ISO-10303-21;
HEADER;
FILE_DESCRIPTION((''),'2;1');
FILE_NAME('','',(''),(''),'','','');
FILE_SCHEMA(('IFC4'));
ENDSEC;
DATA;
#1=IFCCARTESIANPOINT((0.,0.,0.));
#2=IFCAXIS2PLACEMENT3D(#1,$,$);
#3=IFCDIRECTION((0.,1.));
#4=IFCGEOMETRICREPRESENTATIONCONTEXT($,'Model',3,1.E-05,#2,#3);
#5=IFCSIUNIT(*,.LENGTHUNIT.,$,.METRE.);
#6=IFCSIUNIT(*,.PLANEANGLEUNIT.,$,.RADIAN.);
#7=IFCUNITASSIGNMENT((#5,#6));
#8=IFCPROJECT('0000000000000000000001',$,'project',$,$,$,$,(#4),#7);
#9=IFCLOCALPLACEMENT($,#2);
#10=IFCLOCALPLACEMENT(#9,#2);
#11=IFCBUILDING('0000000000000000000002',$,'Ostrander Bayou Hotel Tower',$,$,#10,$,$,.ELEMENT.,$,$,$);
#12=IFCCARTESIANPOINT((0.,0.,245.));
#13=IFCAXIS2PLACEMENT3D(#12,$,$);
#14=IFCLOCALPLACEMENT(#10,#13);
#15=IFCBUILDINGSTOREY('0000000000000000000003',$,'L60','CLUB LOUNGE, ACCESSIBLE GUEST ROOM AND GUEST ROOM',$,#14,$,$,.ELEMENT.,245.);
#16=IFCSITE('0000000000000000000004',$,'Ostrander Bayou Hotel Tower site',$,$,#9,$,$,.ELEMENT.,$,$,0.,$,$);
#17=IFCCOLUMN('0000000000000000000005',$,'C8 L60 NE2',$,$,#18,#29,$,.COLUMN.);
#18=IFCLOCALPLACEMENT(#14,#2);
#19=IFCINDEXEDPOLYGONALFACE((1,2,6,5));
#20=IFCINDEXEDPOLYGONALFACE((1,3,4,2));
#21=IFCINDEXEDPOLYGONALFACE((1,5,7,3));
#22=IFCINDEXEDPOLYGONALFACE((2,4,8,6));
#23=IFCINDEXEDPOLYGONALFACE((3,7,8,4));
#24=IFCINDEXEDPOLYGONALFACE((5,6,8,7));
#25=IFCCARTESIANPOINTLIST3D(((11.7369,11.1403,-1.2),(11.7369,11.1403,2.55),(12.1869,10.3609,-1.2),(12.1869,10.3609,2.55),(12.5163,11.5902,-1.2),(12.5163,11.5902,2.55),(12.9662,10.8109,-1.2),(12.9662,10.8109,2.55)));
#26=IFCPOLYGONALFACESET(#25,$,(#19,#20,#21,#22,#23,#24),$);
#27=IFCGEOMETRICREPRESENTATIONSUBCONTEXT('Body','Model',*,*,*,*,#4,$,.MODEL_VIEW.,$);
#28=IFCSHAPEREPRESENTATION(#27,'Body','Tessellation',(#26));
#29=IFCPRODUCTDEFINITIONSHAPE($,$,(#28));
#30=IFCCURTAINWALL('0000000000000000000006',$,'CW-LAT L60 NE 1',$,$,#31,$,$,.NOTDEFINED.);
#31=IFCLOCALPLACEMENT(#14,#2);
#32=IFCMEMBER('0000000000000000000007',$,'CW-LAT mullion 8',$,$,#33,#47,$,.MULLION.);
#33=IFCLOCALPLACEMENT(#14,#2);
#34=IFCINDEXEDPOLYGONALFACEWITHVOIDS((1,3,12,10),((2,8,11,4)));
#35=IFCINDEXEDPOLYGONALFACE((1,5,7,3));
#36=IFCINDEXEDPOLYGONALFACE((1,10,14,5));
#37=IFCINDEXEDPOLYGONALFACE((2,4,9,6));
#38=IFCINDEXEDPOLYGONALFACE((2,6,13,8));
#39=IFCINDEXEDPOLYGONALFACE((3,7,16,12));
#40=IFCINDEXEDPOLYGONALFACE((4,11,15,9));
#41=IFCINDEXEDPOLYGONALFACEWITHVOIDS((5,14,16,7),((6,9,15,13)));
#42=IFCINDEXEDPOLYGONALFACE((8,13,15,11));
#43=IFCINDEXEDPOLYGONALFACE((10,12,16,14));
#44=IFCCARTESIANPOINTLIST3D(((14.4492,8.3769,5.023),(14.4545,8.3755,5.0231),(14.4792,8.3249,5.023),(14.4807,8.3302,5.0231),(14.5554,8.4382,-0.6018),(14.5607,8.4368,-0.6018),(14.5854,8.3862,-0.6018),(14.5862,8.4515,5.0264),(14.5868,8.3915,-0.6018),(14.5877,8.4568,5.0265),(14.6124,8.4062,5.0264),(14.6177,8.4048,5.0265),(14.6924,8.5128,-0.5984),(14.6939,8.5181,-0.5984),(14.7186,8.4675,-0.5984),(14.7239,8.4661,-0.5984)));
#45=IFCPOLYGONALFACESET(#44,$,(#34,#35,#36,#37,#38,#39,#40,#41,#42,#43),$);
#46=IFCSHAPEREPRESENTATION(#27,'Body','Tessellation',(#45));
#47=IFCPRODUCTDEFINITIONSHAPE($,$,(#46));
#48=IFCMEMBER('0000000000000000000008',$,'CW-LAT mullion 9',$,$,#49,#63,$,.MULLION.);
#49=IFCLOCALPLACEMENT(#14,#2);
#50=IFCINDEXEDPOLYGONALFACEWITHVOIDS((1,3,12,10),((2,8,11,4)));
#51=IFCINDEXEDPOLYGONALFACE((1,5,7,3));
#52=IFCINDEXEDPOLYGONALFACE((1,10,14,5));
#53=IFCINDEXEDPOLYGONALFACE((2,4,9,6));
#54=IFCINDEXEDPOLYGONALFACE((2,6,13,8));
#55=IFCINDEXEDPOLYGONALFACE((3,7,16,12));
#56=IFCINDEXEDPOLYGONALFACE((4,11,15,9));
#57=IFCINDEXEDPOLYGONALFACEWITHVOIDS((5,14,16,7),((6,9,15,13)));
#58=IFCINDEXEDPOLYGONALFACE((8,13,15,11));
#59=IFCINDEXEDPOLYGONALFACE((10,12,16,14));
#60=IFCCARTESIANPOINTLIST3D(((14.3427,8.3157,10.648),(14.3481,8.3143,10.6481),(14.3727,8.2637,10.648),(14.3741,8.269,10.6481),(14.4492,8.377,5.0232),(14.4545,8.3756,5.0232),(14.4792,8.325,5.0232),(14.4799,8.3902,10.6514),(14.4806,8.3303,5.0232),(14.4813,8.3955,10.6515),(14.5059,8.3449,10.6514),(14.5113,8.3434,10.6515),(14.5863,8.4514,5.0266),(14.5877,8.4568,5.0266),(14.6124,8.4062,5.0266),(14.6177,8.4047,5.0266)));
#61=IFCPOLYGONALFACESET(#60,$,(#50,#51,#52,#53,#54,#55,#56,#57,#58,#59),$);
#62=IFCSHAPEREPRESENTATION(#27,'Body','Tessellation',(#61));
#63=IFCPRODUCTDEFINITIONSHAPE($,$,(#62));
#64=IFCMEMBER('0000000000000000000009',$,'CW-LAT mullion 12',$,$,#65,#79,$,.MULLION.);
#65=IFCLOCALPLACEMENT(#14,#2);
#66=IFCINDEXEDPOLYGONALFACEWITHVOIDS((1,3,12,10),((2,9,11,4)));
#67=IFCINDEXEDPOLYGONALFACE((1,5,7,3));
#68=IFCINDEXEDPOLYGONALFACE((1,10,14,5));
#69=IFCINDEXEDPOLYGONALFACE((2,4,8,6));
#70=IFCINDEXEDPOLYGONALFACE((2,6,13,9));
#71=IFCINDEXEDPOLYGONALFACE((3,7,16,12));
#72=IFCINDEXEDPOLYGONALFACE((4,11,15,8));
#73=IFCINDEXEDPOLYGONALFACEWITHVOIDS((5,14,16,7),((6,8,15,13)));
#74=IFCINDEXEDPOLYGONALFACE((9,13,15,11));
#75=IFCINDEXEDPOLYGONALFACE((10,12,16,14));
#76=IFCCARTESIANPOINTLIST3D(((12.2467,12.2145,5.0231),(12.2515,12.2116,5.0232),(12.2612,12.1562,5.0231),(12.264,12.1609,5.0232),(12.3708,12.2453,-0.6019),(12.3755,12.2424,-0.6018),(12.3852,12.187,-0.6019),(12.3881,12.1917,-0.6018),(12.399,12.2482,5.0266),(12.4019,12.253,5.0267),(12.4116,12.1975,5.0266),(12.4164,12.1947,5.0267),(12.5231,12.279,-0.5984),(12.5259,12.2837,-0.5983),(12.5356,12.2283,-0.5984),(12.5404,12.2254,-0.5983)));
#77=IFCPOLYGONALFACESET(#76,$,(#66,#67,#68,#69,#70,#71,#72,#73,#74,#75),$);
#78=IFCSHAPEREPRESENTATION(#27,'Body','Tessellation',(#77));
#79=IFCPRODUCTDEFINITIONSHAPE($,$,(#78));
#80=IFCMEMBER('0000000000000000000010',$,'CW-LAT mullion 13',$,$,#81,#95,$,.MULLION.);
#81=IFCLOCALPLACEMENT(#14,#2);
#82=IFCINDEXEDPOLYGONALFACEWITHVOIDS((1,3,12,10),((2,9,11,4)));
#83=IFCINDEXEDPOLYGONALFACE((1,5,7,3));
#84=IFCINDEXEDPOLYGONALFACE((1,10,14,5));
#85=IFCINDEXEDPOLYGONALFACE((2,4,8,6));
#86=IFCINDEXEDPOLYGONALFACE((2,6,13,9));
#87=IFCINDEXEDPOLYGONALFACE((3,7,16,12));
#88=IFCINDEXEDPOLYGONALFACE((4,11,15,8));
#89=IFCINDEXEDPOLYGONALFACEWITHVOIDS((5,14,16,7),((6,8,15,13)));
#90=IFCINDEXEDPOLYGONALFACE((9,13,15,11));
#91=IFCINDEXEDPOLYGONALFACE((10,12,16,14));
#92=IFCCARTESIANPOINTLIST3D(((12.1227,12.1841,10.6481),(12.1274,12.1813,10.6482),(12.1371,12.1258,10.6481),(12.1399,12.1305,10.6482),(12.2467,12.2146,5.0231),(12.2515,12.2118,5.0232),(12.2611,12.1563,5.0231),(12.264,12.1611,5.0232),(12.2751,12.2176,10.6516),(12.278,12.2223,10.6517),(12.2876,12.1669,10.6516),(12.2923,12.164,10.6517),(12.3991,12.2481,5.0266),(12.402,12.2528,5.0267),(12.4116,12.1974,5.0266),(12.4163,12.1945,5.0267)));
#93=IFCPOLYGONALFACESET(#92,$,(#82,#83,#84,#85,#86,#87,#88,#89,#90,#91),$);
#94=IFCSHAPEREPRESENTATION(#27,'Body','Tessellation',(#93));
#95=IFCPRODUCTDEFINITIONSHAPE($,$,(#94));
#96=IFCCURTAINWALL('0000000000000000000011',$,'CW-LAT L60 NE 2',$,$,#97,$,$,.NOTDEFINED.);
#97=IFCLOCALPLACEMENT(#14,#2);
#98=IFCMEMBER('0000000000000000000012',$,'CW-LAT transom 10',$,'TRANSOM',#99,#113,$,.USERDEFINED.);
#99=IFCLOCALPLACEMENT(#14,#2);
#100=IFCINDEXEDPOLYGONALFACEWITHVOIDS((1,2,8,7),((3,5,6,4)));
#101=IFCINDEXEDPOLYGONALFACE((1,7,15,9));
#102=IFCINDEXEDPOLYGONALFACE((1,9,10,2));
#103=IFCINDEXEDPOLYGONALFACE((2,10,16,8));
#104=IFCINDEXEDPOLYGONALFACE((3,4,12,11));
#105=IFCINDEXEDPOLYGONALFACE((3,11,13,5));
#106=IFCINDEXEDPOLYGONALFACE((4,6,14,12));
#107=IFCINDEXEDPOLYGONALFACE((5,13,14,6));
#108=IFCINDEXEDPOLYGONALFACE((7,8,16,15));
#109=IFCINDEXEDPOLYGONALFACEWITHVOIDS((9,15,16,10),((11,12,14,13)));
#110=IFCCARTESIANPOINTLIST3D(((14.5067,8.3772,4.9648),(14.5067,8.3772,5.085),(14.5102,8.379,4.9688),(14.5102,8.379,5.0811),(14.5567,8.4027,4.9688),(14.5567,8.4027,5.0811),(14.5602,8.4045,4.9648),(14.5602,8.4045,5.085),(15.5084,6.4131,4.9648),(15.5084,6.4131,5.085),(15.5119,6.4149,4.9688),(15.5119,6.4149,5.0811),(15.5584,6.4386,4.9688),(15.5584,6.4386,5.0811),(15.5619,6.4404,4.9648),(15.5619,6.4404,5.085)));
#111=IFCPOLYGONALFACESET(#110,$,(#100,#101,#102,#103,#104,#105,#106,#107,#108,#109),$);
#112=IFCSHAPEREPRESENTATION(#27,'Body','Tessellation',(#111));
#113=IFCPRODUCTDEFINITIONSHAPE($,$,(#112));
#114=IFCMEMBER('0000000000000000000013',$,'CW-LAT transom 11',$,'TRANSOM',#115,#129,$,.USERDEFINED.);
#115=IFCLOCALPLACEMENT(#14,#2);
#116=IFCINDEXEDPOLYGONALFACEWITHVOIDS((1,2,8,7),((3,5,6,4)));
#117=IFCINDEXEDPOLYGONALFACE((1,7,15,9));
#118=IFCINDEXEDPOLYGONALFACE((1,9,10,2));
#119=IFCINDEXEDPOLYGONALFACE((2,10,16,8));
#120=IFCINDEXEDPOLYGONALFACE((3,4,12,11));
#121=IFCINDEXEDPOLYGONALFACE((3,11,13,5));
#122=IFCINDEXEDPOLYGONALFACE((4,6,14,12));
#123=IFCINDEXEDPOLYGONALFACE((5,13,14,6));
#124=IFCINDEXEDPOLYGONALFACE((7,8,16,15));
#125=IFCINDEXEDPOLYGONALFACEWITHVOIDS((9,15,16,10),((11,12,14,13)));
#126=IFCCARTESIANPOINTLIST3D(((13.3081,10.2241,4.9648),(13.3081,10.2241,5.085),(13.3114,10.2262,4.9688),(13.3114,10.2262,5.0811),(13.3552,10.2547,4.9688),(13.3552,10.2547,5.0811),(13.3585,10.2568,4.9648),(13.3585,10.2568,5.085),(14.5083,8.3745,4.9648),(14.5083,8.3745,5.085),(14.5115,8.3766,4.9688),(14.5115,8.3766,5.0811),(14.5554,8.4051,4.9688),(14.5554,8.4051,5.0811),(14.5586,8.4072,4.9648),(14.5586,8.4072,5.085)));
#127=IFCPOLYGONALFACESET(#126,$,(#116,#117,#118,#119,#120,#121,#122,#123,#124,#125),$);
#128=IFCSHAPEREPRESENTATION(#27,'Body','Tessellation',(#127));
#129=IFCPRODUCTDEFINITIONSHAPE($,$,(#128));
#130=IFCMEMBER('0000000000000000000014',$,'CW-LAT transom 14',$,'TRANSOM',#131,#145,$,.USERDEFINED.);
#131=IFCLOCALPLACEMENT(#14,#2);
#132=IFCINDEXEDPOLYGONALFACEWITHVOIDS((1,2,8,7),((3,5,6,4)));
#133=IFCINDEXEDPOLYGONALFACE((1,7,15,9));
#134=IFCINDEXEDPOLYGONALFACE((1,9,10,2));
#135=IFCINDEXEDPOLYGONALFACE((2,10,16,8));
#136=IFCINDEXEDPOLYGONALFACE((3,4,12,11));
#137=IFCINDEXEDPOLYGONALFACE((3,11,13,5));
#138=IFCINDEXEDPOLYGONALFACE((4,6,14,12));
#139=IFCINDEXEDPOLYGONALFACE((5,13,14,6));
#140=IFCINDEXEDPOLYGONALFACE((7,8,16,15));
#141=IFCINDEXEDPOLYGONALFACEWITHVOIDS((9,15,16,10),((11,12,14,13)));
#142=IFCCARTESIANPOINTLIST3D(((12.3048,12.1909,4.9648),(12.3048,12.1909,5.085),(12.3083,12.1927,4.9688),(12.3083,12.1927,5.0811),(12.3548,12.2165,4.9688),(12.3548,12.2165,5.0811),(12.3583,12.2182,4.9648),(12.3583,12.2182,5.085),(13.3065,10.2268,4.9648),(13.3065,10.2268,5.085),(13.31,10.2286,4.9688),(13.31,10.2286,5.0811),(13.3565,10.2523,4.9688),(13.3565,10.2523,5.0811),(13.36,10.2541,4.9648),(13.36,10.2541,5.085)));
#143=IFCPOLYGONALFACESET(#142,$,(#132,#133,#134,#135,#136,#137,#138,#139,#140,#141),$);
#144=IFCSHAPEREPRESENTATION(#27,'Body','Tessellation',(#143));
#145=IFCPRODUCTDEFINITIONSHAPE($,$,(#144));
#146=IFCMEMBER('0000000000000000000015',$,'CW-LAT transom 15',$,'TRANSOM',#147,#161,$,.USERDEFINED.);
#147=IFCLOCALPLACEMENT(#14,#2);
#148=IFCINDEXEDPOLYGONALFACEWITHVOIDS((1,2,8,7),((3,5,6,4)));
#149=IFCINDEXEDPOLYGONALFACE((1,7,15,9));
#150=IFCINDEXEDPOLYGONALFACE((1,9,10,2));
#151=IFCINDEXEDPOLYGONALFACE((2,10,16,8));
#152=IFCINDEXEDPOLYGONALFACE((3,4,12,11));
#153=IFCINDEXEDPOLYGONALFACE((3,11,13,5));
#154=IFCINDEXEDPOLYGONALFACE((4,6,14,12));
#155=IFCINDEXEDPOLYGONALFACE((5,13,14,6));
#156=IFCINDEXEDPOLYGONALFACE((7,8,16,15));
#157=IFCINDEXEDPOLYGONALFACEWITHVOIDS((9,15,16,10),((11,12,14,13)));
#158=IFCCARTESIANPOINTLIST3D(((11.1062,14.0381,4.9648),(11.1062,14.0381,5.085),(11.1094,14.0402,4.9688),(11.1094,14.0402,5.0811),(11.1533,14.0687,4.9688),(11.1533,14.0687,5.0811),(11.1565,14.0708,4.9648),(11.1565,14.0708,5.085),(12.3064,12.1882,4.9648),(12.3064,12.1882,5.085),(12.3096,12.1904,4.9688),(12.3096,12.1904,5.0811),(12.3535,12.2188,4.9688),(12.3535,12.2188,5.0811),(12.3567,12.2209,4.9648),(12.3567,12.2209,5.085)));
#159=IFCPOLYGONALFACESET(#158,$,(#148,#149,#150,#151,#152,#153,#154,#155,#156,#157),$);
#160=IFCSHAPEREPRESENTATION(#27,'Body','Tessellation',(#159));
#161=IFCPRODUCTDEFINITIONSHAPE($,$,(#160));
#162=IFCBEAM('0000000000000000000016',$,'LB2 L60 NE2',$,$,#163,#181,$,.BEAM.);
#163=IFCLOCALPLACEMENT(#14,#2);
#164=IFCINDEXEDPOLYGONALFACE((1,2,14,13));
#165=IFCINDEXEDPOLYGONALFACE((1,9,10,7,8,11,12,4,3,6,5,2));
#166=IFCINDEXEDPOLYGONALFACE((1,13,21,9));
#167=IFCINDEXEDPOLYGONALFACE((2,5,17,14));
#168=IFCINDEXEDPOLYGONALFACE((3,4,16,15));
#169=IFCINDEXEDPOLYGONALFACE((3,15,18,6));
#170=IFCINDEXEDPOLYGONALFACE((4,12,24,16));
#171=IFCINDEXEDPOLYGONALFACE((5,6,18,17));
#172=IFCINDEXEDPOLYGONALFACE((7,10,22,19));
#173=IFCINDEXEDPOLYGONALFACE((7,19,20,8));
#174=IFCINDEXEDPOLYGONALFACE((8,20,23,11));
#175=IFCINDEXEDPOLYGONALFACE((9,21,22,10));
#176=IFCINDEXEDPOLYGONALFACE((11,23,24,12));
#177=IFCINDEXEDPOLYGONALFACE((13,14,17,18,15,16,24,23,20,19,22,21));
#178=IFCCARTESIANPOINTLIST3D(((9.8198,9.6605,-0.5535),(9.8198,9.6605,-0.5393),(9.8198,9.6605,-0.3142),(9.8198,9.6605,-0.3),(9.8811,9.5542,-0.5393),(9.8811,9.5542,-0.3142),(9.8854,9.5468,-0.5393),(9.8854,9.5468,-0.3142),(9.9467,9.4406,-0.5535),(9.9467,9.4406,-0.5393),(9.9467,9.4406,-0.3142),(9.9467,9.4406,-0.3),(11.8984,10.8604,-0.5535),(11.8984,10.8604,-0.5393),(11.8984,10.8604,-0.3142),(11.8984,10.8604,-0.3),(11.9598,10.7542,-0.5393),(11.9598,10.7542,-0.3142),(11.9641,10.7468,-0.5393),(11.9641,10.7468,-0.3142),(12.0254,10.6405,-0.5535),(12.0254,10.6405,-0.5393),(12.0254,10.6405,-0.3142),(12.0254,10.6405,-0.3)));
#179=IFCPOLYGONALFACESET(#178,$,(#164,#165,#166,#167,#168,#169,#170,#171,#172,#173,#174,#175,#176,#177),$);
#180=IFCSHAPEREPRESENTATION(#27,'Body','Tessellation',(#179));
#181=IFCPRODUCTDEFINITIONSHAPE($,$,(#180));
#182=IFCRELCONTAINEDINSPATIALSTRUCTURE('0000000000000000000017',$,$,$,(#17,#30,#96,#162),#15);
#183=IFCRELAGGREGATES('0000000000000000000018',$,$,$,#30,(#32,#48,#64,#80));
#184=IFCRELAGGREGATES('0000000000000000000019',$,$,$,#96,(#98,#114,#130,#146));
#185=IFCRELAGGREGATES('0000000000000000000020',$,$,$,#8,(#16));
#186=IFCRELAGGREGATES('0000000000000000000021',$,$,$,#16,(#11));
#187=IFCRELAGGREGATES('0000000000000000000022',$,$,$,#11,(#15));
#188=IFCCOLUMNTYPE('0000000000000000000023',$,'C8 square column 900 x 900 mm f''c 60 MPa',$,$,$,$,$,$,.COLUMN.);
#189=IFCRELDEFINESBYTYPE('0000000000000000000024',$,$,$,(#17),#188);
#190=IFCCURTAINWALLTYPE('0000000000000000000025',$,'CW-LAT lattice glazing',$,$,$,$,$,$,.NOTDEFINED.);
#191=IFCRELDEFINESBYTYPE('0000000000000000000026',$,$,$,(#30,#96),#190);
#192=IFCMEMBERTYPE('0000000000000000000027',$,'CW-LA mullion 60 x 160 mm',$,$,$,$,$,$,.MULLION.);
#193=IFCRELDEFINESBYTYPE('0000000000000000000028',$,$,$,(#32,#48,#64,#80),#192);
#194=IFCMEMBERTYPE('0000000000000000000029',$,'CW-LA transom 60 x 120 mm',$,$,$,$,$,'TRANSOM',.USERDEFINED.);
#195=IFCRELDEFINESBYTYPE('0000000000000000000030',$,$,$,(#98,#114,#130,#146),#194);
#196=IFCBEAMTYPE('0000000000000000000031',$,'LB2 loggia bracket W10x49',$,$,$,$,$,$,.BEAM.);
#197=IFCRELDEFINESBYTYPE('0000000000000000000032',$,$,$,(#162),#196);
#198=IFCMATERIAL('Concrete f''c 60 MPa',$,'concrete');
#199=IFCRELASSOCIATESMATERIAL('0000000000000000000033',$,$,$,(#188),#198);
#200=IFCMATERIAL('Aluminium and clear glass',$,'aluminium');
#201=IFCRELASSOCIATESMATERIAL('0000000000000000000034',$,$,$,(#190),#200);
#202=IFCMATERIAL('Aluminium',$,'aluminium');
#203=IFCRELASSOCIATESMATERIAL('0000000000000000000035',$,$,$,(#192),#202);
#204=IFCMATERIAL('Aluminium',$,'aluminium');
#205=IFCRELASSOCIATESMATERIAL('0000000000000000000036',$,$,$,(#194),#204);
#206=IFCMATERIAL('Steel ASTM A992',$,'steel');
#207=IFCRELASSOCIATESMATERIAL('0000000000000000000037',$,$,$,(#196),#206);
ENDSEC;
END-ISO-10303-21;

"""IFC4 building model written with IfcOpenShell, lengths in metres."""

from ifc_helpers import new_model, si_unit, direction, frame, origin, origin_2d, place, context, subcontext, project, spatial, rectangle, hollow_rectangle, i_section, extrude, material, material_profile, profile_set, type_object, element, aggregate, save


model = new_model("IFC4")

# Units and contexts
model_context = context("Model", 3, precision=1e-05, world=origin(), true_north=direction((0.0, 1.0)))
body_context = subcontext(model_context, "Body", "Model", "MODEL_VIEW")
ifc_project = project(units=[si_unit("LENGTHUNIT", "METRE"), si_unit("PLANEANGLEUNIT", "RADIAN")], contexts=[model_context])

# Site, building, storey
site_placement = place(None, origin())
site = spatial("IfcSite", under=ifc_project, at=site_placement, Name="Ostrander Bayou Hotel Tower site", CompositionType="ELEMENT", RefElevation=0.0)
building_placement = place(site_placement, origin())
building = spatial("IfcBuilding", under=site, at=building_placement, Name="Ostrander Bayou Hotel Tower", CompositionType="ELEMENT")
storey_placement = place(building_placement, frame((0.0, 0.0, 245.0)))
storey = spatial("IfcBuildingStorey", under=building, at=storey_placement, Name="L60", Description="CLUB LOUNGE, ACCESSIBLE GUEST ROOM AND GUEST ROOM", CompositionType="ELEMENT", Elevation=245.0)

# Column
ifc_material_1 = material(Name="Concrete f'c 60 MPa", Category="concrete")
ifc_material_profile_1 = material_profile(ifc_material_1, rectangle(XDim=0.8999, YDim=0.8999, at=origin_2d()))
ifc_profile_set_1 = profile_set([ifc_material_profile_1], Name="Concrete f'c 60 MPa")
column_type = type_object("IfcColumnType", Name="C8 square column 900 x 900 mm f'c 60 MPa", PredefinedType="COLUMN", material=ifc_profile_set_1)
column_placement = place(storey_placement, frame((12.3516, 10.9756, -1.2), z_axis=(0.0, 0.0, 1.0), x_axis=(0.5, -0.866025, 0.0)))
element("IfcColumn", 1, at=column_placement, inside=storey, type_object=column_type, Name="C8 L60 NE2", PredefinedType="COLUMN", context=body_context, shape_type="SweptSolid", body=[
    extrude(rectangle(XDim=0.8999, YDim=0.8999, at=origin_2d()), origin(), (0.0, 0.0, 1.0), 3.75),
])

# Curtain walls, members
ifc_material_2 = material(Name="Aluminium and clear glass", Category="aluminium")
curtain_wall_type = type_object("IfcCurtainWallType", Name="CW-LAT lattice glazing", PredefinedType="NOTDEFINED", material=ifc_material_2)
curtain_wall_1_placement = place(storey_placement, origin())
curtain_wall_1 = element("IfcCurtainWall", 2, at=curtain_wall_1_placement, inside=storey, type_object=curtain_wall_type, Name="CW-LAT L60 NE 1", PredefinedType="NOTDEFINED")
ifc_material_3 = material(Name="Aluminium", Category="aluminium")
ifc_material_profile_2 = material_profile(ifc_material_3, hollow_rectangle(XDim=0.0601, YDim=0.1599, WallThickness=0.0039, at=origin_2d()))
ifc_profile_set_2 = profile_set([ifc_material_profile_2], Name="Aluminium")
member_type_1 = type_object("IfcMemberType", Name="CW-LA mullion 60 x 160 mm", PredefinedType="MULLION", material=ifc_profile_set_2)
member_1_placement = place(storey_placement, frame((14.6396, 8.4521, -0.6001), z_axis=(-0.018876, -0.010892, 0.999763), x_axis=(0.49978, -0.866152, 0.0)))
member_1 = element("IfcMember", 3, at=member_1_placement, type_object=member_type_1, Name="CW-LAT mullion 8", PredefinedType="MULLION", context=body_context, shape_type="SweptSolid", body=[
    extrude(hollow_rectangle(XDim=0.0601, YDim=0.1599, WallThickness=0.0039, at=origin_2d()), origin(), (0.0, 0.0, 1.0), 5.6262),
])
member_2_placement = place(storey_placement, frame((14.5334, 8.3909, 5.0249), z_axis=(-0.018919, -0.010892, 0.999762), x_axis=(0.498919, -0.866649, 0.0)))
member_2 = element("IfcMember", 4, at=member_2_placement, type_object=member_type_1, Name="CW-LAT mullion 9", PredefinedType="MULLION", context=body_context, shape_type="SweptSolid", body=[
    extrude(hollow_rectangle(XDim=0.0601, YDim=0.1599, WallThickness=0.0039, at=origin_2d()), origin(), (0.0, 0.0, 1.0), 5.6262),
])
member_3_placement = place(storey_placement, frame((12.4556, 12.2354, -0.6001), z_axis=(-0.022043, -0.005467, 0.999742), x_axis=(0.240737, -0.97059, 0.0)))
member_3 = element("IfcMember", 5, at=member_3_placement, type_object=member_type_1, Name="CW-LAT mullion 12", PredefinedType="MULLION", context=body_context, shape_type="SweptSolid", body=[
    extrude(hollow_rectangle(XDim=0.0601, YDim=0.1599, WallThickness=0.0039, at=origin_2d()), origin(), (0.0, 0.0, 1.0), 5.6265),
])
member_4_placement = place(storey_placement, frame((12.3315, 12.2046, 5.0249), z_axis=(-0.022043, -0.005424, 0.999742), x_axis=(0.238936, -0.971035, 0.0)))
member_4 = element("IfcMember", 6, at=member_4_placement, type_object=member_type_1, Name="CW-LAT mullion 13", PredefinedType="MULLION", context=body_context, shape_type="SweptSolid", body=[
    extrude(hollow_rectangle(XDim=0.0601, YDim=0.1599, WallThickness=0.0039, at=origin_2d()), origin(), (0.0, 0.0, 1.0), 5.6265),
])
curtain_wall_2_placement = place(storey_placement, origin())
curtain_wall_2 = element("IfcCurtainWall", 7, at=curtain_wall_2_placement, inside=storey, type_object=curtain_wall_type, Name="CW-LAT L60 NE 2", PredefinedType="NOTDEFINED")
ifc_material_4 = material(Name="Aluminium", Category="aluminium")
ifc_material_profile_3 = material_profile(ifc_material_4, hollow_rectangle(XDim=0.0601, YDim=0.1201, WallThickness=0.0039, at=origin_2d()))
ifc_profile_set_3 = profile_set([ifc_material_profile_3], Name="Aluminium")
member_type_2 = type_object("IfcMemberType", Name="CW-LA transom 60 x 120 mm", ElementType="TRANSOM", PredefinedType="USERDEFINED", material=ifc_profile_set_3)
member_5_placement = place(storey_placement, frame((14.5334, 8.3909, 5.0249), z_axis=(0.45433, -0.890833, 0.0), x_axis=(0.890833, 0.45433, 0.0)))
member_5 = element("IfcMember", 8, at=member_5_placement, type_object=member_type_2, Name="CW-LAT transom 10", ObjectType="TRANSOM", PredefinedType="USERDEFINED", context=body_context, shape_type="SweptSolid", body=[
    extrude(hollow_rectangle(XDim=0.0601, YDim=0.1201, WallThickness=0.0039, at=origin_2d()), origin(), (0.0, 0.0, 1.0), 2.2048),
])
member_6_placement = place(storey_placement, frame((14.5334, 8.3909, 5.0249), z_axis=(-0.544334, 0.838868, 0.0), x_axis=(-0.838868, -0.544334, 0.0)))
member_6 = element("IfcMember", 9, at=member_6_placement, type_object=member_type_2, Name="CW-LAT transom 11", ObjectType="TRANSOM", PredefinedType="USERDEFINED", context=body_context, shape_type="SweptSolid", body=[
    extrude(hollow_rectangle(XDim=0.0601, YDim=0.1201, WallThickness=0.0039, at=origin_2d()), origin(), (0.0, 0.0, 1.0), 2.2048),
])
member_7_placement = place(storey_placement, frame((12.3315, 12.2046, 5.0249), z_axis=(0.45433, -0.890833, 0.0), x_axis=(0.890833, 0.45433, 0.0)))
member_7 = element("IfcMember", 10, at=member_7_placement, type_object=member_type_2, Name="CW-LAT transom 14", ObjectType="TRANSOM", PredefinedType="USERDEFINED", context=body_context, shape_type="SweptSolid", body=[
    extrude(hollow_rectangle(XDim=0.0601, YDim=0.1201, WallThickness=0.0039, at=origin_2d()), origin(), (0.0, 0.0, 1.0), 2.2048),
])
member_8_placement = place(storey_placement, frame((12.3315, 12.2046, 5.0249), z_axis=(-0.544284, 0.838901, 0.0), x_axis=(-0.838901, -0.544284, 0.0)))
member_8 = element("IfcMember", 11, at=member_8_placement, type_object=member_type_2, Name="CW-LAT transom 15", ObjectType="TRANSOM", PredefinedType="USERDEFINED", context=body_context, shape_type="SweptSolid", body=[
    extrude(hollow_rectangle(XDim=0.0601, YDim=0.1201, WallThickness=0.0039, at=origin_2d()), origin(), (0.0, 0.0, 1.0), 2.2051),
])

# Beam
ifc_material_5 = material(Name="Steel ASTM A992", Category="steel")
ifc_material_profile_4 = material_profile(ifc_material_5, i_section(OverallWidth=0.2539, OverallDepth=0.2534, WebThickness=0.0085, FlangeThickness=0.0142, at=origin_2d()))
ifc_profile_set_4 = profile_set([ifc_material_profile_4], Name="Steel ASTM A992")
beam_type_1 = type_object("IfcBeamType", Name="LB2 loggia bracket W10x49", PredefinedType="BEAM", material=ifc_profile_set_4)
beam_1_placement = place(storey_placement, frame((11.9619, 10.7505, -0.4268), z_axis=(-0.86605, -0.499957, 0.0), x_axis=(0.499957, -0.86605, 0.0)))
element("IfcBeam", 12, at=beam_1_placement, inside=storey, type_object=beam_type_1, Name="LB2 L60 NE2", PredefinedType="BEAM", context=body_context, shape_type="SweptSolid", body=[
    extrude(i_section(OverallWidth=0.2539, OverallDepth=0.2534, WebThickness=0.0085, FlangeThickness=0.0142, at=origin_2d()), origin(), (0.0, 0.0, 1.0), 2.4001),
])

aggregate(curtain_wall_1, [member_1, member_2, member_3, member_4])
aggregate(curtain_wall_2, [member_5, member_6, member_7, member_8])

save(model, "model.ifc")
